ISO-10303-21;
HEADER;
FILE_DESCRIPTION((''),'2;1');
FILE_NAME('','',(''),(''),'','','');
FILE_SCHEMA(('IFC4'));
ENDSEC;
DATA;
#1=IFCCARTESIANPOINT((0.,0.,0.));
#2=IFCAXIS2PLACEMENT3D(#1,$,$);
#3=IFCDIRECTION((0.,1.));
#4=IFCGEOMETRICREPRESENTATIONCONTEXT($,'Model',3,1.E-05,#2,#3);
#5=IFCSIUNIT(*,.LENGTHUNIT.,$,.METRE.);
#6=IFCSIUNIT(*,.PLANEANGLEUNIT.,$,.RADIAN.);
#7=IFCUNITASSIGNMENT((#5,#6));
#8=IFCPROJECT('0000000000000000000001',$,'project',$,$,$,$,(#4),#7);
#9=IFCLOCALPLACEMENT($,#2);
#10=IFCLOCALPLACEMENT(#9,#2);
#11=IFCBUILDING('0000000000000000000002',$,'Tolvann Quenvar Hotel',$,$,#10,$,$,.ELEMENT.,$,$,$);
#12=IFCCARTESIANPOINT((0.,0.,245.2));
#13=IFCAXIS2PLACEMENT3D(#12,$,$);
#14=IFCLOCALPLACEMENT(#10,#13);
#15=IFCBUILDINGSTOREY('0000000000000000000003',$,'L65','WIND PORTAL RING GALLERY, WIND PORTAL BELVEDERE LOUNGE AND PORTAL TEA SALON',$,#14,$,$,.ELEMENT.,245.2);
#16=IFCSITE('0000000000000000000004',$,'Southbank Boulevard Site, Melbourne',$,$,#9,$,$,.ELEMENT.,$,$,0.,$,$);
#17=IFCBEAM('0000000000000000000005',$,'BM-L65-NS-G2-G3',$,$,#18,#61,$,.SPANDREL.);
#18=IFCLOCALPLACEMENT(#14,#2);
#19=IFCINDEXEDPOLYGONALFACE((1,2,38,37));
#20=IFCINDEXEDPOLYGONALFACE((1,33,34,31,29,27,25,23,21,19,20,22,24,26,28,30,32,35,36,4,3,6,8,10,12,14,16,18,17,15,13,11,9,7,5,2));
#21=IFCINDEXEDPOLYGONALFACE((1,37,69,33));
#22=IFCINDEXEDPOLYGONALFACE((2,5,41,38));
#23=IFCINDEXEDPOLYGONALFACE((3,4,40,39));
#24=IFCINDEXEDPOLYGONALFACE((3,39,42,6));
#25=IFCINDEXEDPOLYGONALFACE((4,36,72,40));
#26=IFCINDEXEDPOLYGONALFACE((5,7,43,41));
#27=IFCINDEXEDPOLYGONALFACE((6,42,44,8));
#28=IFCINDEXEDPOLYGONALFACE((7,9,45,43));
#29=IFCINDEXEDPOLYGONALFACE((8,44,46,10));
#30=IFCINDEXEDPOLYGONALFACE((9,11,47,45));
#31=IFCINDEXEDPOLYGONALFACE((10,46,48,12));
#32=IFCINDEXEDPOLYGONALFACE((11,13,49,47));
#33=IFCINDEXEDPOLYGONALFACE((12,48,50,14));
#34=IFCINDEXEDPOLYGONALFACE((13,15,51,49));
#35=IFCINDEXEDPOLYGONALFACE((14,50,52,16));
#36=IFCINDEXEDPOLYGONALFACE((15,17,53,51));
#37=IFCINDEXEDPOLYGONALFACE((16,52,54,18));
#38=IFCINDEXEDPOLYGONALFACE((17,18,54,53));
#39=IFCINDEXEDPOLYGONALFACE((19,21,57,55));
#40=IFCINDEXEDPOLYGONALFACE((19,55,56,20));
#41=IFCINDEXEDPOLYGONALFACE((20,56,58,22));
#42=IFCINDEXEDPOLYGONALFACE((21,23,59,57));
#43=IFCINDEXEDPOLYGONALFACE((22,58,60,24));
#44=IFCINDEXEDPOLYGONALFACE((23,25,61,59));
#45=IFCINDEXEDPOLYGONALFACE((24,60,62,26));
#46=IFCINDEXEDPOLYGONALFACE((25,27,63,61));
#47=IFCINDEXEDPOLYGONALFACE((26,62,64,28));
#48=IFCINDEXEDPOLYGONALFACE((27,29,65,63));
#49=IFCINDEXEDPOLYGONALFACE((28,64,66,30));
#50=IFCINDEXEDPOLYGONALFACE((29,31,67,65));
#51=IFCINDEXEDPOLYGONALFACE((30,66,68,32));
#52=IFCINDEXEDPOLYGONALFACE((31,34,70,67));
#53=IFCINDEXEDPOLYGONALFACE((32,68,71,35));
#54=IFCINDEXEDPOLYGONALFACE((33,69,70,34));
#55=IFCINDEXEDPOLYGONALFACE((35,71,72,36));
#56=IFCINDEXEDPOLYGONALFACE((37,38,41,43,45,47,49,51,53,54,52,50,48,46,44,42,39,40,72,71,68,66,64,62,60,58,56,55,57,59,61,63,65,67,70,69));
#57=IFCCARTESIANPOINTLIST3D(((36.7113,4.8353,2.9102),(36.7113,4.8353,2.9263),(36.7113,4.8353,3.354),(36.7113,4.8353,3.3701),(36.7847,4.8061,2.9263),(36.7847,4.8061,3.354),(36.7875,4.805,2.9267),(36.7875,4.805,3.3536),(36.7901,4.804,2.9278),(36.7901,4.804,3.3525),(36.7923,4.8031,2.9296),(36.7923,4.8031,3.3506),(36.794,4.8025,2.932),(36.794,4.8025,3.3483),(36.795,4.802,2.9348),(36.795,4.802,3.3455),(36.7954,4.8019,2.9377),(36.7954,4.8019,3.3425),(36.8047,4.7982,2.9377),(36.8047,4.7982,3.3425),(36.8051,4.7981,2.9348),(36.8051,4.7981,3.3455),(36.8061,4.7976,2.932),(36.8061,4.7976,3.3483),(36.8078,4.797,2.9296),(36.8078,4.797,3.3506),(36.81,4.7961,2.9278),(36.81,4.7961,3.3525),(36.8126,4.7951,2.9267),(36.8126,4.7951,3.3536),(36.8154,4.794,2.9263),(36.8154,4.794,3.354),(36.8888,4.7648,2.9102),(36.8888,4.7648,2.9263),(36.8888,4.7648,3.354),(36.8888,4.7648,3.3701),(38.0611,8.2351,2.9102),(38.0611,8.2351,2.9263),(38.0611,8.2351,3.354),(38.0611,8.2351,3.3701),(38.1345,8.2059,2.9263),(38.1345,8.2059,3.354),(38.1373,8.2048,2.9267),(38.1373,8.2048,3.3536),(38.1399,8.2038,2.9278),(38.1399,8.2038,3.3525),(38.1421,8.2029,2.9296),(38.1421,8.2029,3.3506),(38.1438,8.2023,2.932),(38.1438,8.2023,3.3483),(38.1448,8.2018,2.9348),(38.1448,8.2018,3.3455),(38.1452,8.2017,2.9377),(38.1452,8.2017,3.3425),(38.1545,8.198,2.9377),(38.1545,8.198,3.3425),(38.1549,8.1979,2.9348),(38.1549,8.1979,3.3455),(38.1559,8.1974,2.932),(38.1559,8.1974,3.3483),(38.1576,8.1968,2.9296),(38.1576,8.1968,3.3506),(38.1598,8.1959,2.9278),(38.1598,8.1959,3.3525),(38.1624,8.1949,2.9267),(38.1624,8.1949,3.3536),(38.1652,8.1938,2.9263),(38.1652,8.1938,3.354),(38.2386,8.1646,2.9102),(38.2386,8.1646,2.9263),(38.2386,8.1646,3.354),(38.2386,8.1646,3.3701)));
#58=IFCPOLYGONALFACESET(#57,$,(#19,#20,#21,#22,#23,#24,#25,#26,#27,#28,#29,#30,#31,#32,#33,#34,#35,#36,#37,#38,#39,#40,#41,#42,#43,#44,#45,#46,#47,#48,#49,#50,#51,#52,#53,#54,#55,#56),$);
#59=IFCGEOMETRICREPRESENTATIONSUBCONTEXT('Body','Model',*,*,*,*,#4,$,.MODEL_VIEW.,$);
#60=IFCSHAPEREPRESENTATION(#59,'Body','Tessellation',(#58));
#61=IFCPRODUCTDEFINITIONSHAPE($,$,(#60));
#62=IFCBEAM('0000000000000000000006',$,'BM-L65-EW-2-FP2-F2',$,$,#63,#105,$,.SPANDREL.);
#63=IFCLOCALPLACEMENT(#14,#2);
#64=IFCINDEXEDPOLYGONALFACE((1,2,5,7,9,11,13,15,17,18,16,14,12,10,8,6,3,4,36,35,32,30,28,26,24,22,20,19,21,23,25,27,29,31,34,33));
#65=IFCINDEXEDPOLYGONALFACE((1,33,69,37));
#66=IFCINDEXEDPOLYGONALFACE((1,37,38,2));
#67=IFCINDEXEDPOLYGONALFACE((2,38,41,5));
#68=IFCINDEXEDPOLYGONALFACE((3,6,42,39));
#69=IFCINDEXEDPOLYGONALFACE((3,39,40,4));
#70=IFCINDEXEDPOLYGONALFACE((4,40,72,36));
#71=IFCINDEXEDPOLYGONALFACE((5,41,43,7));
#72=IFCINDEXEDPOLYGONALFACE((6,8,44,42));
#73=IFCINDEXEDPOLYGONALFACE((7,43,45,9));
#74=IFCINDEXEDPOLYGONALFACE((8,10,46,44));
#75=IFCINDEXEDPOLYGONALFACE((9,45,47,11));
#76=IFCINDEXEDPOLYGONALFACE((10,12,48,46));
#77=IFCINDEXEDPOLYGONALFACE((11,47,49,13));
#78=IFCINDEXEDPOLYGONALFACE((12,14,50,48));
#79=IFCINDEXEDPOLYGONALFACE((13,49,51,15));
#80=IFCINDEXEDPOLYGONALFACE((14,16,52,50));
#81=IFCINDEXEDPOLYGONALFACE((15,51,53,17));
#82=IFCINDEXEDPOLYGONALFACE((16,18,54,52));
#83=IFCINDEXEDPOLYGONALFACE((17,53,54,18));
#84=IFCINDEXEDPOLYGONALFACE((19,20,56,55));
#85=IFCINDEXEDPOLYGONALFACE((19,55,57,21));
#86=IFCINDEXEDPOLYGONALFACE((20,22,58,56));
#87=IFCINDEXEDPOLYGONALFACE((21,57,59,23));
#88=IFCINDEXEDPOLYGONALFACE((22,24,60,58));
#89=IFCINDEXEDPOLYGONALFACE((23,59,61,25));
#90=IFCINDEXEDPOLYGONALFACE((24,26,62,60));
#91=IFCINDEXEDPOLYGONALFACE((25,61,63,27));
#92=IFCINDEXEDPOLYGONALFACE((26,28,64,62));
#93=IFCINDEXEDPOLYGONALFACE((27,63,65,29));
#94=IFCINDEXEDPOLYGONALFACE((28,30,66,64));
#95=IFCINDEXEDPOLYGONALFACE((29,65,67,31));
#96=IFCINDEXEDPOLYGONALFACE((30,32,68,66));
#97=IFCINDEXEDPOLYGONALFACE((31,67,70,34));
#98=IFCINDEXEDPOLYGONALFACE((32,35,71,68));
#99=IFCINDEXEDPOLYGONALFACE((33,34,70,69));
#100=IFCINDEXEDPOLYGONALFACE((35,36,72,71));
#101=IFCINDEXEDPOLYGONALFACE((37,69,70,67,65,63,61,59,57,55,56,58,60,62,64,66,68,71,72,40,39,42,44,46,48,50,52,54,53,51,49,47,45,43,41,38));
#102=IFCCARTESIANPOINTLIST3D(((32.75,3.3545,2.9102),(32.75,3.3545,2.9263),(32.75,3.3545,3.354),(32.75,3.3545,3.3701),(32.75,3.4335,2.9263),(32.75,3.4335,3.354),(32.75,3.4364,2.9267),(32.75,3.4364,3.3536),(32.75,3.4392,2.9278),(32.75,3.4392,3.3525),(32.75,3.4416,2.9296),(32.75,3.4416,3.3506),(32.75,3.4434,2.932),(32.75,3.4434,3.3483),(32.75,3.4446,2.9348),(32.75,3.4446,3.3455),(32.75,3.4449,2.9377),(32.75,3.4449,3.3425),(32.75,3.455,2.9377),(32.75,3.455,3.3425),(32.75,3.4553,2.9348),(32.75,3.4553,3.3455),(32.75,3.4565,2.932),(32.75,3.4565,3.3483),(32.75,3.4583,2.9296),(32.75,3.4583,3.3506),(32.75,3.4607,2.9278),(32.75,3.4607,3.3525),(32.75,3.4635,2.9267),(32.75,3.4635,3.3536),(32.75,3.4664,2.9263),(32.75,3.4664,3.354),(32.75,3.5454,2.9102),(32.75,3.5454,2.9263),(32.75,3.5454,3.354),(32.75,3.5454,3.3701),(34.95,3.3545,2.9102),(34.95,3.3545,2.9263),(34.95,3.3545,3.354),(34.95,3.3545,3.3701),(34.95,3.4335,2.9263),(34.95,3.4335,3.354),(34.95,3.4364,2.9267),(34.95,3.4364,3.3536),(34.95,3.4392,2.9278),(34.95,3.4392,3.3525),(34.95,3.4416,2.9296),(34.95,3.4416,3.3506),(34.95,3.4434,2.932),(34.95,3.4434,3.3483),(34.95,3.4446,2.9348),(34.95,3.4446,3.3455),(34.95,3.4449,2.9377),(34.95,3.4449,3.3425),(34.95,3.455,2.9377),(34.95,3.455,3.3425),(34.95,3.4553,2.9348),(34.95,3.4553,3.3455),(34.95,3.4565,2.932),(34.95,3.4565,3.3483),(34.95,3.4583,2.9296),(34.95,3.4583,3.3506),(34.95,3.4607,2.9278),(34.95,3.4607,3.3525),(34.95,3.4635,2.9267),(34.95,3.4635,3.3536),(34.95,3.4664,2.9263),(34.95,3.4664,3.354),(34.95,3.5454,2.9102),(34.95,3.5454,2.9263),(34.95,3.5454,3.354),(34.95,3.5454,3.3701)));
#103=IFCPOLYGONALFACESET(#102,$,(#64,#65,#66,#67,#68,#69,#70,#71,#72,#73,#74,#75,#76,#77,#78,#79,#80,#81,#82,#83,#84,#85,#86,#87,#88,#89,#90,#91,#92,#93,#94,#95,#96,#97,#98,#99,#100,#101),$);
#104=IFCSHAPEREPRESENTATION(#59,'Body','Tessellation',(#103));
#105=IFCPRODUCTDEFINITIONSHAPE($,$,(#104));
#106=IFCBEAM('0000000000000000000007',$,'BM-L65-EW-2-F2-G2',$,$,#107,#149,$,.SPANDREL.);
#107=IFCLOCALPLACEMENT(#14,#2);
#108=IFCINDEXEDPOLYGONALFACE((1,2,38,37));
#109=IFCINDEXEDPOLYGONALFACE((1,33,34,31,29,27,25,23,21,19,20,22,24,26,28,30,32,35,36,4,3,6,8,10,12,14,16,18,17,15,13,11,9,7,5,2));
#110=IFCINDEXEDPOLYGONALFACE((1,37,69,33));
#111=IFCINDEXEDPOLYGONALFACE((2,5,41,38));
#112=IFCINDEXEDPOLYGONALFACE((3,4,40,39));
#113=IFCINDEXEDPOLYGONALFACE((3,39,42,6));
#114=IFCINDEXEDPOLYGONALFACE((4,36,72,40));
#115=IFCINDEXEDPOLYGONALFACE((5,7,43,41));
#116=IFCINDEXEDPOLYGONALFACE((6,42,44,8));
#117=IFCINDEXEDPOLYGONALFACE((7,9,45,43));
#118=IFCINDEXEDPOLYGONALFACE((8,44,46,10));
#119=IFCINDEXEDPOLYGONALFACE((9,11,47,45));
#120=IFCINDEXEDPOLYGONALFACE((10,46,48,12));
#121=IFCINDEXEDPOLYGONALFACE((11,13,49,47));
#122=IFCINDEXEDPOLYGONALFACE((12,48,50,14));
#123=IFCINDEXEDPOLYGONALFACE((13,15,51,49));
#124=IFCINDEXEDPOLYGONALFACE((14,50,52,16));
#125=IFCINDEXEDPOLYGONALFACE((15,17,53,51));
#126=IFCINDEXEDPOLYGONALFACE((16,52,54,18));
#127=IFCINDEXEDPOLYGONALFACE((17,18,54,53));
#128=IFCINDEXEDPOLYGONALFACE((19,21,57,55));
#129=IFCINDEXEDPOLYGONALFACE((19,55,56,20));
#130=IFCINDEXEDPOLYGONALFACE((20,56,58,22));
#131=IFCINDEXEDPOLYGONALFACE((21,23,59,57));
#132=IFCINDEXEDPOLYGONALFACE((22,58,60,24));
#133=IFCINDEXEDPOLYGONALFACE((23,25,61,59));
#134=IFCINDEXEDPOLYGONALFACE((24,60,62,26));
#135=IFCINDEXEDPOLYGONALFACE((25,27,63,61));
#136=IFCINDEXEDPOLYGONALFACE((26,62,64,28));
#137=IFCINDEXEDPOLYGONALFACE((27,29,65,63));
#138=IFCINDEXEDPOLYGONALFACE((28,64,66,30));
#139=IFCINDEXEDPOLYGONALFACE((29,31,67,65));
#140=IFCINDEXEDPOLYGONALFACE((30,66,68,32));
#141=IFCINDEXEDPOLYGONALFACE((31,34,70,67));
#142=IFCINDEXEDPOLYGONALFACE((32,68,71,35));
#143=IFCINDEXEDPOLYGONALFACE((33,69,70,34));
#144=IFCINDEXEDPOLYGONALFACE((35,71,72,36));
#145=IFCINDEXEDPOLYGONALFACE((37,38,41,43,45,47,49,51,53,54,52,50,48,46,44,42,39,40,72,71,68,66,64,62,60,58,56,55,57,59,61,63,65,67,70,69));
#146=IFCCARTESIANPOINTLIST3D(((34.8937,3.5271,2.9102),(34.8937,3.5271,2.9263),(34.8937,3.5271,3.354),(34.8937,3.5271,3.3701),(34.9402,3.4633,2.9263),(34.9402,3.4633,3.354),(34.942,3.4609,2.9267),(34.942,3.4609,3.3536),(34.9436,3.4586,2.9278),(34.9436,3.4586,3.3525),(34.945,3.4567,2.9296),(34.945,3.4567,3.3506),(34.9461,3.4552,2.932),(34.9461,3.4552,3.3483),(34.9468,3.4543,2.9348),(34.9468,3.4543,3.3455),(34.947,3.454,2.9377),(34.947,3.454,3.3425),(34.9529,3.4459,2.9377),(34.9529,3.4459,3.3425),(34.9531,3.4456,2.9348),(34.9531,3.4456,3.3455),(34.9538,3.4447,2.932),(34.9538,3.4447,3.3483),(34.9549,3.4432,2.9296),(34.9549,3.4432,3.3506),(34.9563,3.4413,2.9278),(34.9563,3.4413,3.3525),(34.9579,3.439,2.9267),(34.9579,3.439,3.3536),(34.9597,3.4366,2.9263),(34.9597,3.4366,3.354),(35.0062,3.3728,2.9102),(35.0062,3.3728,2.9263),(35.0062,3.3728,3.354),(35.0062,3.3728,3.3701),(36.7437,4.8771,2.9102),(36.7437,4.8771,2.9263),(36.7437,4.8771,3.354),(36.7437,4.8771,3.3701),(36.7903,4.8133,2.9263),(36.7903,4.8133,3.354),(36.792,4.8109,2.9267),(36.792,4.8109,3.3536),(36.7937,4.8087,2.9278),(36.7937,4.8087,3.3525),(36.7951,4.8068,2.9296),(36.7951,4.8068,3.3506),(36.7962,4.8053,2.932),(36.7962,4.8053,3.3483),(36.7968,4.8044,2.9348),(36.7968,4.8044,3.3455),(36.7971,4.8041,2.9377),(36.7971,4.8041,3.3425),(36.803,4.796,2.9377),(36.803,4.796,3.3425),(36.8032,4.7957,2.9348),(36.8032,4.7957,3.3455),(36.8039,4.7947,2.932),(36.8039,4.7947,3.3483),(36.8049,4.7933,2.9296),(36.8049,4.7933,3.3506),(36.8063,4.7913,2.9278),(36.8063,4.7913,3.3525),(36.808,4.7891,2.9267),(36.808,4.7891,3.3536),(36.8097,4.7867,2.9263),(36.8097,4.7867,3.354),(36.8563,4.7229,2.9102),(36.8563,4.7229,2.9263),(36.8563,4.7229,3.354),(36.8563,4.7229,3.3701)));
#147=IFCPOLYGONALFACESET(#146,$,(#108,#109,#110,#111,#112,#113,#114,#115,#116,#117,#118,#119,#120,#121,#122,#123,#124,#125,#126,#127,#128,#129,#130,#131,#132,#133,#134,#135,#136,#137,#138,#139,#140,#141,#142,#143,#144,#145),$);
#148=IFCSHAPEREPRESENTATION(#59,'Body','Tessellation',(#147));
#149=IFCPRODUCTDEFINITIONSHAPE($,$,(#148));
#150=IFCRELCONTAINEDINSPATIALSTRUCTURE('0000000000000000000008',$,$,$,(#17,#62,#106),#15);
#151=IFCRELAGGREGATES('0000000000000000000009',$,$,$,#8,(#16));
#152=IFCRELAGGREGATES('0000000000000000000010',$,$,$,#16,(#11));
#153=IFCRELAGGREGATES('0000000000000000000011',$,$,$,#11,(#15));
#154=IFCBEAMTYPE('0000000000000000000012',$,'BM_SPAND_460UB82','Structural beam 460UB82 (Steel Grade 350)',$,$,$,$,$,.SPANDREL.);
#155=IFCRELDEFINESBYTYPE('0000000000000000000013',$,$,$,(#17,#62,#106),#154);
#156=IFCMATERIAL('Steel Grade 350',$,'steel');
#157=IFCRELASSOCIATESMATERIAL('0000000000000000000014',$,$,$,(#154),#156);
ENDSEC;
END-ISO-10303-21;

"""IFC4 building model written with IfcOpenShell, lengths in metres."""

from ifc_helpers import new_model, si_unit, direction, frame, origin, origin_2d, place, context, subcontext, project, spatial, i_section, extrude, source, transform, mapped, material, material_profile, profile_set, type_object, type_shapes, element, save


model = new_model("IFC4")

# Units and contexts
model_context = context("Model", 3, precision=1e-05, world=origin(), true_north=direction((0.0, 1.0)))
body_context = subcontext(model_context, "Body", "Model", "MODEL_VIEW")
ifc_project = project(units=[si_unit("LENGTHUNIT", "METRE"), si_unit("PLANEANGLEUNIT", "RADIAN")], contexts=[model_context])

# Site, building, storey
site_placement = place(None, origin())
site = spatial("IfcSite", under=ifc_project, at=site_placement, Name="Southbank Boulevard Site, Melbourne", CompositionType="ELEMENT", RefElevation=0.0)
building_placement = place(site_placement, origin())
building = spatial("IfcBuilding", under=site, at=building_placement, Name="Tolvann Quenvar Hotel", CompositionType="ELEMENT")
storey_placement = place(building_placement, frame((0.0, 0.0, 245.2)))
storey = spatial("IfcBuildingStorey", under=building, at=storey_placement, Name="L65", Description="WIND PORTAL RING GALLERY, WIND PORTAL BELVEDERE LOUNGE AND PORTAL TEA SALON", CompositionType="ELEMENT", Elevation=245.2)

# Shared definitions
ifc_material_1 = material(Name="Steel Grade 350", Category="steel")

# Beams
ifc_material_profile_1 = material_profile(ifc_material_1, i_section(OverallWidth=0.1909, OverallDepth=0.46, WebThickness=0.01, FlangeThickness=0.0161, FilletRadius=0.0115, at=origin_2d()), Name="460UB82")
ifc_profile_set_1 = profile_set([ifc_material_profile_1], Name="Steel Grade 350")
beam_type_1 = type_object("IfcBeamType", Name="BM_SPAND_460UB82", Description="Structural beam 460UB82 (Steel Grade 350)", PredefinedType="SPANDREL", material=ifc_profile_set_1)
shared_shape_1 = source(origin(), body_context, "Body", "SweptSolid", [
    extrude(i_section(OverallWidth=0.1909, OverallDepth=0.46, WebThickness=0.01, FlangeThickness=0.0161, FilletRadius=0.0115, at=origin_2d()), origin(), (0.0, 0.0, 1.0), 3.658),
])
beam_1_placement = place(storey_placement, frame((36.8, 4.8, 3.1401), z_axis=(0.369008, 0.929426, 0.0), x_axis=(-0.929426, 0.369008, 0.0)))
element("IfcBeam", 1, at=beam_1_placement, inside=storey, type_object=beam_type_1, Name="BM-L65-NS-G2-G3", PredefinedType="SPANDREL", context=body_context, shape_type="MappedRepresentation", body=[
    mapped(shared_shape_1, transform((0.0, 0.0, 0.0), x_axis=(1.0, 0.0, 0.0), y_axis=(0.0, 1.0, 0.0), z_axis=(0.0, 0.0, 1.0), scale=1.0)),
])
shared_shape_2 = source(origin(), body_context, "Body", "SweptSolid", [
    extrude(i_section(OverallWidth=0.1909, OverallDepth=0.46, WebThickness=0.01, FlangeThickness=0.0161, FilletRadius=0.0115, at=origin_2d()), origin(), (0.0, 0.0, 1.0), 2.2),
])
beam_2_placement = place(storey_placement, frame((32.75, 3.45, 3.1401), z_axis=(1.0, 0.0, 0.0), x_axis=(0.0, 1.0, 0.0)))
element("IfcBeam", 2, at=beam_2_placement, inside=storey, type_object=beam_type_1, Name="BM-L65-EW-2-FP2-F2", PredefinedType="SPANDREL", context=body_context, shape_type="MappedRepresentation", body=[
    mapped(shared_shape_2, transform((0.0, 0.0, 0.0), x_axis=(1.0, 0.0, 0.0), y_axis=(0.0, 1.0, 0.0), z_axis=(0.0, 0.0, 1.0), scale=1.0)),
])
shared_shape_3 = source(origin(), body_context, "Body", "SweptSolid", [
    extrude(i_section(OverallWidth=0.1909, OverallDepth=0.46, WebThickness=0.01, FlangeThickness=0.0161, FilletRadius=0.0115, at=origin_2d()), origin(), (0.0, 0.0, 1.0), 2.2903),
])
type_shapes(beam_type_1, [shared_shape_1, shared_shape_2, shared_shape_3])
beam_3_placement = place(storey_placement, frame((34.95, 3.45, 3.1401), z_axis=(0.807785, 0.589477, 0.0), x_axis=(-0.589477, 0.807785, 0.0)))
element("IfcBeam", 3, at=beam_3_placement, inside=storey, type_object=beam_type_1, Name="BM-L65-EW-2-F2-G2", PredefinedType="SPANDREL", context=body_context, shape_type="MappedRepresentation", body=[
    mapped(shared_shape_3, transform((0.0, 0.0, 0.0), x_axis=(1.0, 0.0, 0.0), y_axis=(0.0, 1.0, 0.0), z_axis=(0.0, 0.0, 1.0), scale=1.0)),
])

save(model, "model.ifc")
